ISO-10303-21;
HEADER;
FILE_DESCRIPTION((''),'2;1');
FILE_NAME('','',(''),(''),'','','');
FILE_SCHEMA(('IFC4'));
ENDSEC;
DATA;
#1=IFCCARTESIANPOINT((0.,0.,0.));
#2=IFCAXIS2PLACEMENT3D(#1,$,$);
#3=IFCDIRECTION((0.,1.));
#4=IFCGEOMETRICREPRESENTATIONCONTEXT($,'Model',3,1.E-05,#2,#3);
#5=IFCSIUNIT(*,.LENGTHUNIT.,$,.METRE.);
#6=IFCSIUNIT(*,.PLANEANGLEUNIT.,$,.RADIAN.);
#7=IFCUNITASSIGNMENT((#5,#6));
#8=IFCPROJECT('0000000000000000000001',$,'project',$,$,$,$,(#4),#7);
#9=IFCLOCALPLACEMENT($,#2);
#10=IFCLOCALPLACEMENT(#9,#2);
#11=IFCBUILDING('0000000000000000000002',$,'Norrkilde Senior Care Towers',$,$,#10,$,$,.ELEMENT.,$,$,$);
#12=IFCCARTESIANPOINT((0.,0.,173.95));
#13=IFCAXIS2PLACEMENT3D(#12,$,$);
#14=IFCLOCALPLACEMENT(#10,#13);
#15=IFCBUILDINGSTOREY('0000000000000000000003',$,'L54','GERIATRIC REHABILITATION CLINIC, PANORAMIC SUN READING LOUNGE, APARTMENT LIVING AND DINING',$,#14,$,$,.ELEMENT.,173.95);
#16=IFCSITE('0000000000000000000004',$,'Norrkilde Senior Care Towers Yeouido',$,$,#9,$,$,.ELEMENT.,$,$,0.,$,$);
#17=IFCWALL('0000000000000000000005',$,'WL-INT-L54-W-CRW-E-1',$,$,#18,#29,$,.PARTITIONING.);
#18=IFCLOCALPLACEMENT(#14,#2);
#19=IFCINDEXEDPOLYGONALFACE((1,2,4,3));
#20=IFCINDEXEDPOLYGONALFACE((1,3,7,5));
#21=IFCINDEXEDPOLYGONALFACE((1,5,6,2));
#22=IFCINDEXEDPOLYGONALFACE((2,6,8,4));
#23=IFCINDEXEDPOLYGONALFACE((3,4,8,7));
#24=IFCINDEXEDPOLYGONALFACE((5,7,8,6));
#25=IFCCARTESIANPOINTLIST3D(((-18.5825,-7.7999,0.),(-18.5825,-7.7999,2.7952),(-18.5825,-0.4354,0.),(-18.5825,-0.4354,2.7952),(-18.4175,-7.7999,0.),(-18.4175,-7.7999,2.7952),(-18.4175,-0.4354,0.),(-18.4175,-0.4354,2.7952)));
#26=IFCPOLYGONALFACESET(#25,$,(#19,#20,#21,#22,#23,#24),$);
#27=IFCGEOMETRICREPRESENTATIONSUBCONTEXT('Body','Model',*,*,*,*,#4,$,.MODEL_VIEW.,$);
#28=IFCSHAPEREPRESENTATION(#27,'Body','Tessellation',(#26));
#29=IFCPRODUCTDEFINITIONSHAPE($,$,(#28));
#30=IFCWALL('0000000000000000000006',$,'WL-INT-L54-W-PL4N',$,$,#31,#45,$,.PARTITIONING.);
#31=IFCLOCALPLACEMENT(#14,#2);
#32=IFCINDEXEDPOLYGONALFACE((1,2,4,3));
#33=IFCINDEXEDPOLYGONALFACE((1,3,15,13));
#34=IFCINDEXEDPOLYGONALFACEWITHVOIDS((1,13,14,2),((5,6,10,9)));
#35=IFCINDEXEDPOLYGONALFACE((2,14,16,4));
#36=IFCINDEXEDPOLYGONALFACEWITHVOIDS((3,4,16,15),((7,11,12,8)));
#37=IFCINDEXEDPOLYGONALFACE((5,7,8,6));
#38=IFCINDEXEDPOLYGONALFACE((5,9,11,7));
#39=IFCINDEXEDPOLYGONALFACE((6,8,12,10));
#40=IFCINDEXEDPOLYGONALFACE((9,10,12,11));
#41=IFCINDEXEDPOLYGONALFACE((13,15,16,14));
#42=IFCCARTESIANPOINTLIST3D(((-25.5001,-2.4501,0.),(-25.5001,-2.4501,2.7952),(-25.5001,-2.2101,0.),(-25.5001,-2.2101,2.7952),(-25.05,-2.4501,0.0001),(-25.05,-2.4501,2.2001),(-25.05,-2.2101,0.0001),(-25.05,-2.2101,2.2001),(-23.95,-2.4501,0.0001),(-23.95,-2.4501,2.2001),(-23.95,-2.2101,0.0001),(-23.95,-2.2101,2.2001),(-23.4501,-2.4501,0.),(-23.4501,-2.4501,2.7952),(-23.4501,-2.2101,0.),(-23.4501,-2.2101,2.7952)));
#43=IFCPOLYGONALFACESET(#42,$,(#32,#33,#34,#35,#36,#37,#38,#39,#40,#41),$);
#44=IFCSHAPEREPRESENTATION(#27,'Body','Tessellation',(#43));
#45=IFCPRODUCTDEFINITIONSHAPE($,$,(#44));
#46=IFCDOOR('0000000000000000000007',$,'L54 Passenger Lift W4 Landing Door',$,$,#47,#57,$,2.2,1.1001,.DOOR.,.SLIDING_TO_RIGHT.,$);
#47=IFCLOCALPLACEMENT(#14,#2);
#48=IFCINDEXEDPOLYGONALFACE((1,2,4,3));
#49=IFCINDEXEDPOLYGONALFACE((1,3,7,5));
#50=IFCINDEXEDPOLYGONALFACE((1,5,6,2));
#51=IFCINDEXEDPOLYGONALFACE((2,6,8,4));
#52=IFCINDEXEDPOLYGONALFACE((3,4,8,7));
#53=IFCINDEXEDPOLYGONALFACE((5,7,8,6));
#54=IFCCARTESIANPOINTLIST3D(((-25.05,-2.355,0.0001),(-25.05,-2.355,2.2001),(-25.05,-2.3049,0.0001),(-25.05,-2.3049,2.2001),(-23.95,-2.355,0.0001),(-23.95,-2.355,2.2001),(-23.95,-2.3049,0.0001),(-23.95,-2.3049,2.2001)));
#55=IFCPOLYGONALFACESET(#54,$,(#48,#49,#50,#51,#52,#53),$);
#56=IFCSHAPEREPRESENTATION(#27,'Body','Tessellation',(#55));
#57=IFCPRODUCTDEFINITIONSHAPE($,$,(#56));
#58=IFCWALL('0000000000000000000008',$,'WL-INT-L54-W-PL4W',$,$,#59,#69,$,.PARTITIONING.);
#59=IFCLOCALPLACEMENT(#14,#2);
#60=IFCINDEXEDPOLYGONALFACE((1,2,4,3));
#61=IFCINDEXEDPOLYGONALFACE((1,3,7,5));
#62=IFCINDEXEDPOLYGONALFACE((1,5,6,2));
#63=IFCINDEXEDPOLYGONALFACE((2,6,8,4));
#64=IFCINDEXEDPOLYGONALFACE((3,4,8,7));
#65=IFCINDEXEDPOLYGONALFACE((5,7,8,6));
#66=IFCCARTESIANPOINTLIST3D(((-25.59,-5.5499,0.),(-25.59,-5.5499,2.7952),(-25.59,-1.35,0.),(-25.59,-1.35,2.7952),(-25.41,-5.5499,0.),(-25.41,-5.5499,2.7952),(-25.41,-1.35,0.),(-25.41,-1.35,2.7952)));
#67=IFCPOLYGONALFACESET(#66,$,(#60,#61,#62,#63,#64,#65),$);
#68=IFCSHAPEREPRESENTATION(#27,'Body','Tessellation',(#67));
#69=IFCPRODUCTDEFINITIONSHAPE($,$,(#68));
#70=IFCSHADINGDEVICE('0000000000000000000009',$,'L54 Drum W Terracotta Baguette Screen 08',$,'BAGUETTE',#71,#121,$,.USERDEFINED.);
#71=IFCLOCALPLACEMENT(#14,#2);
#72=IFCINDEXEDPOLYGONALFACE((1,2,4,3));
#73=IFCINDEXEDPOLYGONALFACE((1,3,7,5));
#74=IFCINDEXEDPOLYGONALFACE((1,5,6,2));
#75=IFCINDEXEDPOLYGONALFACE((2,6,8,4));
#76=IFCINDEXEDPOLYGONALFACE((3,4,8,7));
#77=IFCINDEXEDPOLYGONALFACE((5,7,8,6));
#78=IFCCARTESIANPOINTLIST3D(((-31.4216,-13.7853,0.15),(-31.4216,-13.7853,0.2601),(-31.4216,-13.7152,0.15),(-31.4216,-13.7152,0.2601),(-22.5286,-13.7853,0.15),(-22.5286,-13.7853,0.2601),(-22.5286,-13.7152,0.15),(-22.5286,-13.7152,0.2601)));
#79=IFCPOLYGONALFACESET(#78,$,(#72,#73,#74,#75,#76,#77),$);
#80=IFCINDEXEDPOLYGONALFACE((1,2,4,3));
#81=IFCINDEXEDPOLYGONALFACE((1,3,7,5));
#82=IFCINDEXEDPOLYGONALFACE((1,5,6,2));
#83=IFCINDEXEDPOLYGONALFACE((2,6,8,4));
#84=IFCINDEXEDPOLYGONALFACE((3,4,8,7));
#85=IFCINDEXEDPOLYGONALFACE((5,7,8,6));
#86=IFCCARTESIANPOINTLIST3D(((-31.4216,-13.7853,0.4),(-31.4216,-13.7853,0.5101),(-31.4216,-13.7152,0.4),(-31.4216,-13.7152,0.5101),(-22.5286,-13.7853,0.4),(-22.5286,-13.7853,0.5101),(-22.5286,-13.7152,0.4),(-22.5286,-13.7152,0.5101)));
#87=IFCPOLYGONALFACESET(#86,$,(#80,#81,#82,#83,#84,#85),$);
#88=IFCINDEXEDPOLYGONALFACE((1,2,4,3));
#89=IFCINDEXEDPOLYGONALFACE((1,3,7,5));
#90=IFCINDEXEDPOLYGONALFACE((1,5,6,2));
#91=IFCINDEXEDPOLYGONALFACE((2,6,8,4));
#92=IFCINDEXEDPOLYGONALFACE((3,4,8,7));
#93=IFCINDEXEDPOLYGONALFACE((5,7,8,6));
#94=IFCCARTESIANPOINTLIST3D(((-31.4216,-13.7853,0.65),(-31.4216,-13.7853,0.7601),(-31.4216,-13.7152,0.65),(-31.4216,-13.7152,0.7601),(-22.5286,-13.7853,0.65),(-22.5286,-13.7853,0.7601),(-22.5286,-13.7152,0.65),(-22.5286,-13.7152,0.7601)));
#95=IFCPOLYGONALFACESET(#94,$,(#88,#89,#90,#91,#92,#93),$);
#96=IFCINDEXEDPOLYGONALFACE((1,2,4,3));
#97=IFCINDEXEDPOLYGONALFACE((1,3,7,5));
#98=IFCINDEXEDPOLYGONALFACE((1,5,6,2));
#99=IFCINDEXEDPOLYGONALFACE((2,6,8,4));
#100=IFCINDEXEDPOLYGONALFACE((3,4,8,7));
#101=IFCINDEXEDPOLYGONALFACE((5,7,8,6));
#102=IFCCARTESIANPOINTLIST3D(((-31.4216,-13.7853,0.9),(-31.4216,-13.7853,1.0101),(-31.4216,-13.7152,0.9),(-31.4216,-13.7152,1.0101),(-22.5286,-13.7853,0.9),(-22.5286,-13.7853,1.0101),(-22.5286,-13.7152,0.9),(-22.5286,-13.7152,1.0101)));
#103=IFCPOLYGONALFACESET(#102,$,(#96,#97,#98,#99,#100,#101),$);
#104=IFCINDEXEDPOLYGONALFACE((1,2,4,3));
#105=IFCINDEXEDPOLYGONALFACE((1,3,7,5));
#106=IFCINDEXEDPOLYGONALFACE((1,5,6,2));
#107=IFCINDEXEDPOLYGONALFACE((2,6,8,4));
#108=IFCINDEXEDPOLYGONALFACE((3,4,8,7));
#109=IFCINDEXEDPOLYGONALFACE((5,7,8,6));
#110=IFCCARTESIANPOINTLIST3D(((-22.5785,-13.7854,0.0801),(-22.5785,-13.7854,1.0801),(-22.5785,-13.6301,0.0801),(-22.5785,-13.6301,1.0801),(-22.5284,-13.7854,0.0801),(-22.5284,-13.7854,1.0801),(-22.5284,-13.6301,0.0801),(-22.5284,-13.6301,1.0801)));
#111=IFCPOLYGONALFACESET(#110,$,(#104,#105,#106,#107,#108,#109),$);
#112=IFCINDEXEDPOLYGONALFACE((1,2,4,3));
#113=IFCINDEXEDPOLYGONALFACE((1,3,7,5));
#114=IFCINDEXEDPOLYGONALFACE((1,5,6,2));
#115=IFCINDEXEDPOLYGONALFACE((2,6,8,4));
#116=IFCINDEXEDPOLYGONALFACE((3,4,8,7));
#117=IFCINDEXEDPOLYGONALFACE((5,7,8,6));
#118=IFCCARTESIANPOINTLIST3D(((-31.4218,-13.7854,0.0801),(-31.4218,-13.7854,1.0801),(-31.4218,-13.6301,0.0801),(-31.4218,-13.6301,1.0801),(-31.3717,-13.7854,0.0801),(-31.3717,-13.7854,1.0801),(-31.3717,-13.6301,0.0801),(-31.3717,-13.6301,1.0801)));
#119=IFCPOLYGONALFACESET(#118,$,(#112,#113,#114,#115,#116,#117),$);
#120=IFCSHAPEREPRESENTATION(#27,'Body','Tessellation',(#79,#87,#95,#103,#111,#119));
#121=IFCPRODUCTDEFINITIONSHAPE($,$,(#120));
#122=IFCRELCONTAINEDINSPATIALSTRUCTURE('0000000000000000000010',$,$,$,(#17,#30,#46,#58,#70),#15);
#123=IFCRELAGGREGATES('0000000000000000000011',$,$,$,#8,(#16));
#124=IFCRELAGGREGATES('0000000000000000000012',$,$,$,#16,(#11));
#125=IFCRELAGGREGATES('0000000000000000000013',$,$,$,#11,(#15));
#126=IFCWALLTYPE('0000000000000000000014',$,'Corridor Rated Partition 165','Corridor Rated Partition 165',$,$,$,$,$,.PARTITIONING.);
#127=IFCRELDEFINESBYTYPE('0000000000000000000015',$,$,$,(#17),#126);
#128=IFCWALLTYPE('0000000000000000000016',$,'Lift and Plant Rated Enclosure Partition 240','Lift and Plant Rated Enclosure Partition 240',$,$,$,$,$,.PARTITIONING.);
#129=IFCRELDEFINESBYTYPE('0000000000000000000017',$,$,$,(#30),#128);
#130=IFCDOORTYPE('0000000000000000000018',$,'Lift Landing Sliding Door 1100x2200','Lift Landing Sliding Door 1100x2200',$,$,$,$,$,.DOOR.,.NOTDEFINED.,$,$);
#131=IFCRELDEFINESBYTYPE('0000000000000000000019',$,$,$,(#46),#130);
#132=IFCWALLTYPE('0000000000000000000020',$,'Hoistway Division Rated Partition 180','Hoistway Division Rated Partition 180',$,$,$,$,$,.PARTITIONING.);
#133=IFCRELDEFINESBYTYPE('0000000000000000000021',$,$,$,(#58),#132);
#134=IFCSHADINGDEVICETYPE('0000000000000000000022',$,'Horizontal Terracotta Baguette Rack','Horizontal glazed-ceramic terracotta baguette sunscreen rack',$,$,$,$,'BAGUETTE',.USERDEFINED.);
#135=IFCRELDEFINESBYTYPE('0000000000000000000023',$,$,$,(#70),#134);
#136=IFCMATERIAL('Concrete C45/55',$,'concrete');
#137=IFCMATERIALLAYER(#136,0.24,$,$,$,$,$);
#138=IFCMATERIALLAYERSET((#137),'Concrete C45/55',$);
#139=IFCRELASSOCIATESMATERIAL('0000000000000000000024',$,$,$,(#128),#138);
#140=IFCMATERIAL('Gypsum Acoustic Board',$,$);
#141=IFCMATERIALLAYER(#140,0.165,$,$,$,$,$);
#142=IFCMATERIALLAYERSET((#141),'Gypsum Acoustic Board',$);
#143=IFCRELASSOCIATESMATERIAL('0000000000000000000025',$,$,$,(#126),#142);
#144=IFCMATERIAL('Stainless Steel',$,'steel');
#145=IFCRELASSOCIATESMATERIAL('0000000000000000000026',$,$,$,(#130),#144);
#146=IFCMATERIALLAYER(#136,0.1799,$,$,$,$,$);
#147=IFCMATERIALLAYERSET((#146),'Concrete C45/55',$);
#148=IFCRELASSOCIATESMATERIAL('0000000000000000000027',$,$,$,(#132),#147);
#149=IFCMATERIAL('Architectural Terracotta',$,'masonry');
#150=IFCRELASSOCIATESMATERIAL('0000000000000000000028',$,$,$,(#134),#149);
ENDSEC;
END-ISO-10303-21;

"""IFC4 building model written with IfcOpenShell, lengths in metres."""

from ifc_helpers import new_model, si_unit, direction, frame, frame_2d, origin, origin_2d, place, context, subcontext, project, spatial, rectangle, extrude, source, transform, mapped, material, layer, layer_set, type_object, type_shapes, element, fill, save


model = new_model("IFC4")

# Units and contexts
model_context = context("Model", 3, precision=1e-05, world=origin(), true_north=direction((0.0, 1.0)))
body_context = subcontext(model_context, "Body", "Model", "MODEL_VIEW")
ifc_project = project(units=[si_unit("LENGTHUNIT", "METRE"), si_unit("PLANEANGLEUNIT", "RADIAN")], contexts=[model_context])

# Site, building, storey
site_placement = place(None, origin())
site = spatial("IfcSite", under=ifc_project, at=site_placement, Name="Norrkilde Senior Care Towers Yeouido", CompositionType="ELEMENT", RefElevation=0.0)
building_placement = place(site_placement, origin())
building = spatial("IfcBuilding", under=site, at=building_placement, Name="Norrkilde Senior Care Towers", CompositionType="ELEMENT")
storey_placement = place(building_placement, frame((0.0, 0.0, 173.95)))
storey = spatial("IfcBuildingStorey", under=building, at=storey_placement, Name="L54", Description="GERIATRIC REHABILITATION CLINIC, PANORAMIC SUN READING LOUNGE, APARTMENT LIVING AND DINING", CompositionType="ELEMENT", Elevation=173.95)

# Shared definitions
ifc_material_1 = material(Name="Concrete C45/55", Category="concrete")

# Shared definitions
ifc_layer_1 = layer(ifc_material_1, 0.24)
ifc_layer_set_1 = layer_set([ifc_layer_1], Name="Concrete C45/55")
wall_type_1 = type_object("IfcWallType", Name="Lift and Plant Rated Enclosure Partition 240", Description="Lift and Plant Rated Enclosure Partition 240", PredefinedType="PARTITIONING", material=ifc_layer_set_1)
ifc_material_2 = material(Name="Stainless Steel", Category="steel")

# Shared definitions
ifc_material_3 = material(Name="Gypsum Acoustic Board")
ifc_layer_2 = layer(ifc_material_3, 0.165)
ifc_layer_set_2 = layer_set([ifc_layer_2], Name="Gypsum Acoustic Board")
wall_type_2 = type_object("IfcWallType", Name="Corridor Rated Partition 165", Description="Corridor Rated Partition 165", PredefinedType="PARTITIONING", material=ifc_layer_set_2)

# Wall
shared_shape_1 = source(origin(), body_context, "Body", "SweptSolid", [
    extrude(rectangle(XDim=7.3645, YDim=0.165, at=frame_2d((3.6821, 0.0))), origin(), (0.0, 0.0, 1.0), 2.7952),
])
wall_1_placement = place(storey_placement, frame((-18.5, -0.4355, 0.0), z_axis=(0.0, 0.0, 1.0), x_axis=(0.0, -1.0, 0.0)))
element("IfcWall", 1, at=wall_1_placement, inside=storey, type_object=wall_type_2, Name="WL-INT-L54-W-CRW-E-1", PredefinedType="PARTITIONING", context=body_context, shape_type="MappedRepresentation", body=[
    mapped(shared_shape_1, transform((0.0, 0.0, 0.0), x_axis=(1.0, 0.0, 0.0), y_axis=(0.0, 1.0, 0.0), z_axis=(0.0, 0.0, 1.0), scale=1.0)),
])

# Wall, opening, door
shared_shape_2 = source(origin(), body_context, "Body", "SweptSolid", [
    extrude(rectangle(XDim=2.05, YDim=0.24, at=frame_2d((1.0249, 0.0))), origin(), (0.0, 0.0, 1.0), 2.7952),
])
wall_2_placement = place(storey_placement, frame((-25.5, -2.3301, 0.0), z_axis=(0.0, 0.0, 1.0), x_axis=(1.0, 0.0, 0.0)))
wall_2 = element("IfcWall", 2, at=wall_2_placement, inside=storey, type_object=wall_type_1, Name="WL-INT-L54-W-PL4N", PredefinedType="PARTITIONING", context=body_context, shape_type="MappedRepresentation", body=[
    mapped(shared_shape_2, transform((0.0, 0.0, 0.0), x_axis=(1.0, 0.0, 0.0), y_axis=(0.0, 1.0, 0.0), z_axis=(0.0, 0.0, 1.0), scale=1.0)),
])
opening_1_placement = place(wall_2_placement, frame((0.45, 0.0, 0.0)))
opening_1 = element("IfcOpeningElement", 3, at=opening_1_placement, cuts=wall_2, PredefinedType="OPENING", context=body_context, shape_type="SweptSolid", body=[
    extrude(rectangle(XDim=1.1001, YDim=2.2, at=frame_2d((0.55, 1.1001))), frame((0.0, 0.1299, 0.0), z_axis=(0.0, -1.0, 0.0), x_axis=(1.0, 0.0, 0.0)), (0.0, 0.0, 1.0), 0.26),
])
door_type_1 = type_object("IfcDoorType", Name="Lift Landing Sliding Door 1100x2200", Description="Lift Landing Sliding Door 1100x2200", OperationType="NOTDEFINED", PredefinedType="DOOR", material=ifc_material_2)
shared_shape_3 = source(origin(), body_context, "Body", "SweptSolid", [
    extrude(rectangle(XDim=1.1001, YDim=2.2, at=frame_2d((0.55, 1.1001))), frame((0.0, 0.0249, 0.0), z_axis=(0.0, -1.0, 0.0), x_axis=(1.0, 0.0, 0.0)), (0.0, 0.0, 1.0), 0.05),
])
type_shapes(door_type_1, [shared_shape_3])
door_1_placement = place(opening_1_placement, frame((1.1001, 0.0, 0.0), z_axis=(0.0, 0.0, 1.0), x_axis=(-1.0, 0.0, 0.0)))
door_1 = element("IfcDoor", 4, at=door_1_placement, inside=storey, type_object=door_type_1, Name="L54 Passenger Lift W4 Landing Door", OperationType="SLIDING_TO_RIGHT", OverallHeight=2.2, OverallWidth=1.1001, PredefinedType="DOOR", context=body_context, shape_type="MappedRepresentation", body=[
    mapped(shared_shape_3, transform((0.0, 0.0, 0.0), x_axis=(1.0, 0.0, 0.0), y_axis=(0.0, 1.0, 0.0), z_axis=(0.0, 0.0, 1.0), scale=1.0)),
])
fill(opening_1, door_1)

# Wall
ifc_layer_3 = layer(ifc_material_1, 0.1799)
ifc_layer_set_3 = layer_set([ifc_layer_3], Name="Concrete C45/55")
wall_type_3 = type_object("IfcWallType", Name="Hoistway Division Rated Partition 180", Description="Hoistway Division Rated Partition 180", PredefinedType="PARTITIONING", material=ifc_layer_set_3)
shared_shape_4 = source(origin(), body_context, "Body", "SweptSolid", [
    extrude(rectangle(XDim=4.2, YDim=0.1799, at=frame_2d((2.1001, 0.0))), origin(), (0.0, 0.0, 1.0), 2.7952),
])
type_shapes(wall_type_3, [shared_shape_4])
wall_3_placement = place(storey_placement, frame((-25.5, -5.55, 0.0), z_axis=(0.0, 0.0, 1.0), x_axis=(0.0, 1.0, 0.0)))
element("IfcWall", 5, at=wall_3_placement, inside=storey, type_object=wall_type_3, Name="WL-INT-L54-W-PL4W", PredefinedType="PARTITIONING", context=body_context, shape_type="MappedRepresentation", body=[
    mapped(shared_shape_4, transform((0.0, 0.0, 0.0), x_axis=(1.0, 0.0, 0.0), y_axis=(0.0, 1.0, 0.0), z_axis=(0.0, 0.0, 1.0), scale=1.0)),
])

# Shading device
ifc_material_4 = material(Name="Architectural Terracotta", Category="masonry")
shading_device_type = type_object("IfcShadingDeviceType", Name="Horizontal Terracotta Baguette Rack", Description="Horizontal glazed-ceramic terracotta baguette sunscreen rack", ElementType="BAGUETTE", PredefinedType="USERDEFINED", material=ifc_material_4)
shared_shape_5 = source(origin(), body_context, "Body", "SweptSolid", [
    extrude(rectangle(XDim=0.0701, YDim=0.1101, at=origin_2d()), frame((0.0, 0.0901, 0.125), z_axis=(1.0, 0.0, 0.0), x_axis=(0.0, 1.0, 0.0)), (0.0, 0.0, 1.0), 8.8931),
    extrude(rectangle(XDim=0.0701, YDim=0.1101, at=origin_2d()), frame((0.0, 0.0901, 0.375), z_axis=(1.0, 0.0, 0.0), x_axis=(0.0, 1.0, 0.0)), (0.0, 0.0, 1.0), 8.8931),
    extrude(rectangle(XDim=0.0701, YDim=0.1101, at=origin_2d()), frame((0.0, 0.0901, 0.625), z_axis=(1.0, 0.0, 0.0), x_axis=(0.0, 1.0, 0.0)), (0.0, 0.0, 1.0), 8.8931),
    extrude(rectangle(XDim=0.0701, YDim=0.1101, at=origin_2d()), frame((0.0, 0.0901, 0.875), z_axis=(1.0, 0.0, 0.0), x_axis=(0.0, 1.0, 0.0)), (0.0, 0.0, 1.0), 8.8931),
    extrude(rectangle(XDim=0.05, YDim=0.1553, at=origin_2d()), frame((0.0249, 0.0476, 0.0)), (0.0, 0.0, 1.0), 1.0),
    extrude(rectangle(XDim=0.05, YDim=0.1553, at=origin_2d()), frame((8.8682, 0.0476, 0.0)), (0.0, 0.0, 1.0), 1.0),
])
type_shapes(shading_device_type, [shared_shape_5])
shading_device_placement = place(storey_placement, frame((-22.5286, -13.6602, 0.0801), z_axis=(0.0, 0.0, 1.0), x_axis=(-1.0, 0.0, 0.0)))
element("IfcShadingDevice", 6, at=shading_device_placement, inside=storey, type_object=shading_device_type, Name="L54 Drum W Terracotta Baguette Screen 08", ObjectType="BAGUETTE", PredefinedType="USERDEFINED", context=body_context, shape_type="MappedRepresentation", body=[
    mapped(shared_shape_5, transform((0.0, 0.0, 0.0), x_axis=(1.0, 0.0, 0.0), y_axis=(0.0, 1.0, 0.0), z_axis=(0.0, 0.0, 1.0), scale=1.0)),
])

save(model, "model.ifc")
